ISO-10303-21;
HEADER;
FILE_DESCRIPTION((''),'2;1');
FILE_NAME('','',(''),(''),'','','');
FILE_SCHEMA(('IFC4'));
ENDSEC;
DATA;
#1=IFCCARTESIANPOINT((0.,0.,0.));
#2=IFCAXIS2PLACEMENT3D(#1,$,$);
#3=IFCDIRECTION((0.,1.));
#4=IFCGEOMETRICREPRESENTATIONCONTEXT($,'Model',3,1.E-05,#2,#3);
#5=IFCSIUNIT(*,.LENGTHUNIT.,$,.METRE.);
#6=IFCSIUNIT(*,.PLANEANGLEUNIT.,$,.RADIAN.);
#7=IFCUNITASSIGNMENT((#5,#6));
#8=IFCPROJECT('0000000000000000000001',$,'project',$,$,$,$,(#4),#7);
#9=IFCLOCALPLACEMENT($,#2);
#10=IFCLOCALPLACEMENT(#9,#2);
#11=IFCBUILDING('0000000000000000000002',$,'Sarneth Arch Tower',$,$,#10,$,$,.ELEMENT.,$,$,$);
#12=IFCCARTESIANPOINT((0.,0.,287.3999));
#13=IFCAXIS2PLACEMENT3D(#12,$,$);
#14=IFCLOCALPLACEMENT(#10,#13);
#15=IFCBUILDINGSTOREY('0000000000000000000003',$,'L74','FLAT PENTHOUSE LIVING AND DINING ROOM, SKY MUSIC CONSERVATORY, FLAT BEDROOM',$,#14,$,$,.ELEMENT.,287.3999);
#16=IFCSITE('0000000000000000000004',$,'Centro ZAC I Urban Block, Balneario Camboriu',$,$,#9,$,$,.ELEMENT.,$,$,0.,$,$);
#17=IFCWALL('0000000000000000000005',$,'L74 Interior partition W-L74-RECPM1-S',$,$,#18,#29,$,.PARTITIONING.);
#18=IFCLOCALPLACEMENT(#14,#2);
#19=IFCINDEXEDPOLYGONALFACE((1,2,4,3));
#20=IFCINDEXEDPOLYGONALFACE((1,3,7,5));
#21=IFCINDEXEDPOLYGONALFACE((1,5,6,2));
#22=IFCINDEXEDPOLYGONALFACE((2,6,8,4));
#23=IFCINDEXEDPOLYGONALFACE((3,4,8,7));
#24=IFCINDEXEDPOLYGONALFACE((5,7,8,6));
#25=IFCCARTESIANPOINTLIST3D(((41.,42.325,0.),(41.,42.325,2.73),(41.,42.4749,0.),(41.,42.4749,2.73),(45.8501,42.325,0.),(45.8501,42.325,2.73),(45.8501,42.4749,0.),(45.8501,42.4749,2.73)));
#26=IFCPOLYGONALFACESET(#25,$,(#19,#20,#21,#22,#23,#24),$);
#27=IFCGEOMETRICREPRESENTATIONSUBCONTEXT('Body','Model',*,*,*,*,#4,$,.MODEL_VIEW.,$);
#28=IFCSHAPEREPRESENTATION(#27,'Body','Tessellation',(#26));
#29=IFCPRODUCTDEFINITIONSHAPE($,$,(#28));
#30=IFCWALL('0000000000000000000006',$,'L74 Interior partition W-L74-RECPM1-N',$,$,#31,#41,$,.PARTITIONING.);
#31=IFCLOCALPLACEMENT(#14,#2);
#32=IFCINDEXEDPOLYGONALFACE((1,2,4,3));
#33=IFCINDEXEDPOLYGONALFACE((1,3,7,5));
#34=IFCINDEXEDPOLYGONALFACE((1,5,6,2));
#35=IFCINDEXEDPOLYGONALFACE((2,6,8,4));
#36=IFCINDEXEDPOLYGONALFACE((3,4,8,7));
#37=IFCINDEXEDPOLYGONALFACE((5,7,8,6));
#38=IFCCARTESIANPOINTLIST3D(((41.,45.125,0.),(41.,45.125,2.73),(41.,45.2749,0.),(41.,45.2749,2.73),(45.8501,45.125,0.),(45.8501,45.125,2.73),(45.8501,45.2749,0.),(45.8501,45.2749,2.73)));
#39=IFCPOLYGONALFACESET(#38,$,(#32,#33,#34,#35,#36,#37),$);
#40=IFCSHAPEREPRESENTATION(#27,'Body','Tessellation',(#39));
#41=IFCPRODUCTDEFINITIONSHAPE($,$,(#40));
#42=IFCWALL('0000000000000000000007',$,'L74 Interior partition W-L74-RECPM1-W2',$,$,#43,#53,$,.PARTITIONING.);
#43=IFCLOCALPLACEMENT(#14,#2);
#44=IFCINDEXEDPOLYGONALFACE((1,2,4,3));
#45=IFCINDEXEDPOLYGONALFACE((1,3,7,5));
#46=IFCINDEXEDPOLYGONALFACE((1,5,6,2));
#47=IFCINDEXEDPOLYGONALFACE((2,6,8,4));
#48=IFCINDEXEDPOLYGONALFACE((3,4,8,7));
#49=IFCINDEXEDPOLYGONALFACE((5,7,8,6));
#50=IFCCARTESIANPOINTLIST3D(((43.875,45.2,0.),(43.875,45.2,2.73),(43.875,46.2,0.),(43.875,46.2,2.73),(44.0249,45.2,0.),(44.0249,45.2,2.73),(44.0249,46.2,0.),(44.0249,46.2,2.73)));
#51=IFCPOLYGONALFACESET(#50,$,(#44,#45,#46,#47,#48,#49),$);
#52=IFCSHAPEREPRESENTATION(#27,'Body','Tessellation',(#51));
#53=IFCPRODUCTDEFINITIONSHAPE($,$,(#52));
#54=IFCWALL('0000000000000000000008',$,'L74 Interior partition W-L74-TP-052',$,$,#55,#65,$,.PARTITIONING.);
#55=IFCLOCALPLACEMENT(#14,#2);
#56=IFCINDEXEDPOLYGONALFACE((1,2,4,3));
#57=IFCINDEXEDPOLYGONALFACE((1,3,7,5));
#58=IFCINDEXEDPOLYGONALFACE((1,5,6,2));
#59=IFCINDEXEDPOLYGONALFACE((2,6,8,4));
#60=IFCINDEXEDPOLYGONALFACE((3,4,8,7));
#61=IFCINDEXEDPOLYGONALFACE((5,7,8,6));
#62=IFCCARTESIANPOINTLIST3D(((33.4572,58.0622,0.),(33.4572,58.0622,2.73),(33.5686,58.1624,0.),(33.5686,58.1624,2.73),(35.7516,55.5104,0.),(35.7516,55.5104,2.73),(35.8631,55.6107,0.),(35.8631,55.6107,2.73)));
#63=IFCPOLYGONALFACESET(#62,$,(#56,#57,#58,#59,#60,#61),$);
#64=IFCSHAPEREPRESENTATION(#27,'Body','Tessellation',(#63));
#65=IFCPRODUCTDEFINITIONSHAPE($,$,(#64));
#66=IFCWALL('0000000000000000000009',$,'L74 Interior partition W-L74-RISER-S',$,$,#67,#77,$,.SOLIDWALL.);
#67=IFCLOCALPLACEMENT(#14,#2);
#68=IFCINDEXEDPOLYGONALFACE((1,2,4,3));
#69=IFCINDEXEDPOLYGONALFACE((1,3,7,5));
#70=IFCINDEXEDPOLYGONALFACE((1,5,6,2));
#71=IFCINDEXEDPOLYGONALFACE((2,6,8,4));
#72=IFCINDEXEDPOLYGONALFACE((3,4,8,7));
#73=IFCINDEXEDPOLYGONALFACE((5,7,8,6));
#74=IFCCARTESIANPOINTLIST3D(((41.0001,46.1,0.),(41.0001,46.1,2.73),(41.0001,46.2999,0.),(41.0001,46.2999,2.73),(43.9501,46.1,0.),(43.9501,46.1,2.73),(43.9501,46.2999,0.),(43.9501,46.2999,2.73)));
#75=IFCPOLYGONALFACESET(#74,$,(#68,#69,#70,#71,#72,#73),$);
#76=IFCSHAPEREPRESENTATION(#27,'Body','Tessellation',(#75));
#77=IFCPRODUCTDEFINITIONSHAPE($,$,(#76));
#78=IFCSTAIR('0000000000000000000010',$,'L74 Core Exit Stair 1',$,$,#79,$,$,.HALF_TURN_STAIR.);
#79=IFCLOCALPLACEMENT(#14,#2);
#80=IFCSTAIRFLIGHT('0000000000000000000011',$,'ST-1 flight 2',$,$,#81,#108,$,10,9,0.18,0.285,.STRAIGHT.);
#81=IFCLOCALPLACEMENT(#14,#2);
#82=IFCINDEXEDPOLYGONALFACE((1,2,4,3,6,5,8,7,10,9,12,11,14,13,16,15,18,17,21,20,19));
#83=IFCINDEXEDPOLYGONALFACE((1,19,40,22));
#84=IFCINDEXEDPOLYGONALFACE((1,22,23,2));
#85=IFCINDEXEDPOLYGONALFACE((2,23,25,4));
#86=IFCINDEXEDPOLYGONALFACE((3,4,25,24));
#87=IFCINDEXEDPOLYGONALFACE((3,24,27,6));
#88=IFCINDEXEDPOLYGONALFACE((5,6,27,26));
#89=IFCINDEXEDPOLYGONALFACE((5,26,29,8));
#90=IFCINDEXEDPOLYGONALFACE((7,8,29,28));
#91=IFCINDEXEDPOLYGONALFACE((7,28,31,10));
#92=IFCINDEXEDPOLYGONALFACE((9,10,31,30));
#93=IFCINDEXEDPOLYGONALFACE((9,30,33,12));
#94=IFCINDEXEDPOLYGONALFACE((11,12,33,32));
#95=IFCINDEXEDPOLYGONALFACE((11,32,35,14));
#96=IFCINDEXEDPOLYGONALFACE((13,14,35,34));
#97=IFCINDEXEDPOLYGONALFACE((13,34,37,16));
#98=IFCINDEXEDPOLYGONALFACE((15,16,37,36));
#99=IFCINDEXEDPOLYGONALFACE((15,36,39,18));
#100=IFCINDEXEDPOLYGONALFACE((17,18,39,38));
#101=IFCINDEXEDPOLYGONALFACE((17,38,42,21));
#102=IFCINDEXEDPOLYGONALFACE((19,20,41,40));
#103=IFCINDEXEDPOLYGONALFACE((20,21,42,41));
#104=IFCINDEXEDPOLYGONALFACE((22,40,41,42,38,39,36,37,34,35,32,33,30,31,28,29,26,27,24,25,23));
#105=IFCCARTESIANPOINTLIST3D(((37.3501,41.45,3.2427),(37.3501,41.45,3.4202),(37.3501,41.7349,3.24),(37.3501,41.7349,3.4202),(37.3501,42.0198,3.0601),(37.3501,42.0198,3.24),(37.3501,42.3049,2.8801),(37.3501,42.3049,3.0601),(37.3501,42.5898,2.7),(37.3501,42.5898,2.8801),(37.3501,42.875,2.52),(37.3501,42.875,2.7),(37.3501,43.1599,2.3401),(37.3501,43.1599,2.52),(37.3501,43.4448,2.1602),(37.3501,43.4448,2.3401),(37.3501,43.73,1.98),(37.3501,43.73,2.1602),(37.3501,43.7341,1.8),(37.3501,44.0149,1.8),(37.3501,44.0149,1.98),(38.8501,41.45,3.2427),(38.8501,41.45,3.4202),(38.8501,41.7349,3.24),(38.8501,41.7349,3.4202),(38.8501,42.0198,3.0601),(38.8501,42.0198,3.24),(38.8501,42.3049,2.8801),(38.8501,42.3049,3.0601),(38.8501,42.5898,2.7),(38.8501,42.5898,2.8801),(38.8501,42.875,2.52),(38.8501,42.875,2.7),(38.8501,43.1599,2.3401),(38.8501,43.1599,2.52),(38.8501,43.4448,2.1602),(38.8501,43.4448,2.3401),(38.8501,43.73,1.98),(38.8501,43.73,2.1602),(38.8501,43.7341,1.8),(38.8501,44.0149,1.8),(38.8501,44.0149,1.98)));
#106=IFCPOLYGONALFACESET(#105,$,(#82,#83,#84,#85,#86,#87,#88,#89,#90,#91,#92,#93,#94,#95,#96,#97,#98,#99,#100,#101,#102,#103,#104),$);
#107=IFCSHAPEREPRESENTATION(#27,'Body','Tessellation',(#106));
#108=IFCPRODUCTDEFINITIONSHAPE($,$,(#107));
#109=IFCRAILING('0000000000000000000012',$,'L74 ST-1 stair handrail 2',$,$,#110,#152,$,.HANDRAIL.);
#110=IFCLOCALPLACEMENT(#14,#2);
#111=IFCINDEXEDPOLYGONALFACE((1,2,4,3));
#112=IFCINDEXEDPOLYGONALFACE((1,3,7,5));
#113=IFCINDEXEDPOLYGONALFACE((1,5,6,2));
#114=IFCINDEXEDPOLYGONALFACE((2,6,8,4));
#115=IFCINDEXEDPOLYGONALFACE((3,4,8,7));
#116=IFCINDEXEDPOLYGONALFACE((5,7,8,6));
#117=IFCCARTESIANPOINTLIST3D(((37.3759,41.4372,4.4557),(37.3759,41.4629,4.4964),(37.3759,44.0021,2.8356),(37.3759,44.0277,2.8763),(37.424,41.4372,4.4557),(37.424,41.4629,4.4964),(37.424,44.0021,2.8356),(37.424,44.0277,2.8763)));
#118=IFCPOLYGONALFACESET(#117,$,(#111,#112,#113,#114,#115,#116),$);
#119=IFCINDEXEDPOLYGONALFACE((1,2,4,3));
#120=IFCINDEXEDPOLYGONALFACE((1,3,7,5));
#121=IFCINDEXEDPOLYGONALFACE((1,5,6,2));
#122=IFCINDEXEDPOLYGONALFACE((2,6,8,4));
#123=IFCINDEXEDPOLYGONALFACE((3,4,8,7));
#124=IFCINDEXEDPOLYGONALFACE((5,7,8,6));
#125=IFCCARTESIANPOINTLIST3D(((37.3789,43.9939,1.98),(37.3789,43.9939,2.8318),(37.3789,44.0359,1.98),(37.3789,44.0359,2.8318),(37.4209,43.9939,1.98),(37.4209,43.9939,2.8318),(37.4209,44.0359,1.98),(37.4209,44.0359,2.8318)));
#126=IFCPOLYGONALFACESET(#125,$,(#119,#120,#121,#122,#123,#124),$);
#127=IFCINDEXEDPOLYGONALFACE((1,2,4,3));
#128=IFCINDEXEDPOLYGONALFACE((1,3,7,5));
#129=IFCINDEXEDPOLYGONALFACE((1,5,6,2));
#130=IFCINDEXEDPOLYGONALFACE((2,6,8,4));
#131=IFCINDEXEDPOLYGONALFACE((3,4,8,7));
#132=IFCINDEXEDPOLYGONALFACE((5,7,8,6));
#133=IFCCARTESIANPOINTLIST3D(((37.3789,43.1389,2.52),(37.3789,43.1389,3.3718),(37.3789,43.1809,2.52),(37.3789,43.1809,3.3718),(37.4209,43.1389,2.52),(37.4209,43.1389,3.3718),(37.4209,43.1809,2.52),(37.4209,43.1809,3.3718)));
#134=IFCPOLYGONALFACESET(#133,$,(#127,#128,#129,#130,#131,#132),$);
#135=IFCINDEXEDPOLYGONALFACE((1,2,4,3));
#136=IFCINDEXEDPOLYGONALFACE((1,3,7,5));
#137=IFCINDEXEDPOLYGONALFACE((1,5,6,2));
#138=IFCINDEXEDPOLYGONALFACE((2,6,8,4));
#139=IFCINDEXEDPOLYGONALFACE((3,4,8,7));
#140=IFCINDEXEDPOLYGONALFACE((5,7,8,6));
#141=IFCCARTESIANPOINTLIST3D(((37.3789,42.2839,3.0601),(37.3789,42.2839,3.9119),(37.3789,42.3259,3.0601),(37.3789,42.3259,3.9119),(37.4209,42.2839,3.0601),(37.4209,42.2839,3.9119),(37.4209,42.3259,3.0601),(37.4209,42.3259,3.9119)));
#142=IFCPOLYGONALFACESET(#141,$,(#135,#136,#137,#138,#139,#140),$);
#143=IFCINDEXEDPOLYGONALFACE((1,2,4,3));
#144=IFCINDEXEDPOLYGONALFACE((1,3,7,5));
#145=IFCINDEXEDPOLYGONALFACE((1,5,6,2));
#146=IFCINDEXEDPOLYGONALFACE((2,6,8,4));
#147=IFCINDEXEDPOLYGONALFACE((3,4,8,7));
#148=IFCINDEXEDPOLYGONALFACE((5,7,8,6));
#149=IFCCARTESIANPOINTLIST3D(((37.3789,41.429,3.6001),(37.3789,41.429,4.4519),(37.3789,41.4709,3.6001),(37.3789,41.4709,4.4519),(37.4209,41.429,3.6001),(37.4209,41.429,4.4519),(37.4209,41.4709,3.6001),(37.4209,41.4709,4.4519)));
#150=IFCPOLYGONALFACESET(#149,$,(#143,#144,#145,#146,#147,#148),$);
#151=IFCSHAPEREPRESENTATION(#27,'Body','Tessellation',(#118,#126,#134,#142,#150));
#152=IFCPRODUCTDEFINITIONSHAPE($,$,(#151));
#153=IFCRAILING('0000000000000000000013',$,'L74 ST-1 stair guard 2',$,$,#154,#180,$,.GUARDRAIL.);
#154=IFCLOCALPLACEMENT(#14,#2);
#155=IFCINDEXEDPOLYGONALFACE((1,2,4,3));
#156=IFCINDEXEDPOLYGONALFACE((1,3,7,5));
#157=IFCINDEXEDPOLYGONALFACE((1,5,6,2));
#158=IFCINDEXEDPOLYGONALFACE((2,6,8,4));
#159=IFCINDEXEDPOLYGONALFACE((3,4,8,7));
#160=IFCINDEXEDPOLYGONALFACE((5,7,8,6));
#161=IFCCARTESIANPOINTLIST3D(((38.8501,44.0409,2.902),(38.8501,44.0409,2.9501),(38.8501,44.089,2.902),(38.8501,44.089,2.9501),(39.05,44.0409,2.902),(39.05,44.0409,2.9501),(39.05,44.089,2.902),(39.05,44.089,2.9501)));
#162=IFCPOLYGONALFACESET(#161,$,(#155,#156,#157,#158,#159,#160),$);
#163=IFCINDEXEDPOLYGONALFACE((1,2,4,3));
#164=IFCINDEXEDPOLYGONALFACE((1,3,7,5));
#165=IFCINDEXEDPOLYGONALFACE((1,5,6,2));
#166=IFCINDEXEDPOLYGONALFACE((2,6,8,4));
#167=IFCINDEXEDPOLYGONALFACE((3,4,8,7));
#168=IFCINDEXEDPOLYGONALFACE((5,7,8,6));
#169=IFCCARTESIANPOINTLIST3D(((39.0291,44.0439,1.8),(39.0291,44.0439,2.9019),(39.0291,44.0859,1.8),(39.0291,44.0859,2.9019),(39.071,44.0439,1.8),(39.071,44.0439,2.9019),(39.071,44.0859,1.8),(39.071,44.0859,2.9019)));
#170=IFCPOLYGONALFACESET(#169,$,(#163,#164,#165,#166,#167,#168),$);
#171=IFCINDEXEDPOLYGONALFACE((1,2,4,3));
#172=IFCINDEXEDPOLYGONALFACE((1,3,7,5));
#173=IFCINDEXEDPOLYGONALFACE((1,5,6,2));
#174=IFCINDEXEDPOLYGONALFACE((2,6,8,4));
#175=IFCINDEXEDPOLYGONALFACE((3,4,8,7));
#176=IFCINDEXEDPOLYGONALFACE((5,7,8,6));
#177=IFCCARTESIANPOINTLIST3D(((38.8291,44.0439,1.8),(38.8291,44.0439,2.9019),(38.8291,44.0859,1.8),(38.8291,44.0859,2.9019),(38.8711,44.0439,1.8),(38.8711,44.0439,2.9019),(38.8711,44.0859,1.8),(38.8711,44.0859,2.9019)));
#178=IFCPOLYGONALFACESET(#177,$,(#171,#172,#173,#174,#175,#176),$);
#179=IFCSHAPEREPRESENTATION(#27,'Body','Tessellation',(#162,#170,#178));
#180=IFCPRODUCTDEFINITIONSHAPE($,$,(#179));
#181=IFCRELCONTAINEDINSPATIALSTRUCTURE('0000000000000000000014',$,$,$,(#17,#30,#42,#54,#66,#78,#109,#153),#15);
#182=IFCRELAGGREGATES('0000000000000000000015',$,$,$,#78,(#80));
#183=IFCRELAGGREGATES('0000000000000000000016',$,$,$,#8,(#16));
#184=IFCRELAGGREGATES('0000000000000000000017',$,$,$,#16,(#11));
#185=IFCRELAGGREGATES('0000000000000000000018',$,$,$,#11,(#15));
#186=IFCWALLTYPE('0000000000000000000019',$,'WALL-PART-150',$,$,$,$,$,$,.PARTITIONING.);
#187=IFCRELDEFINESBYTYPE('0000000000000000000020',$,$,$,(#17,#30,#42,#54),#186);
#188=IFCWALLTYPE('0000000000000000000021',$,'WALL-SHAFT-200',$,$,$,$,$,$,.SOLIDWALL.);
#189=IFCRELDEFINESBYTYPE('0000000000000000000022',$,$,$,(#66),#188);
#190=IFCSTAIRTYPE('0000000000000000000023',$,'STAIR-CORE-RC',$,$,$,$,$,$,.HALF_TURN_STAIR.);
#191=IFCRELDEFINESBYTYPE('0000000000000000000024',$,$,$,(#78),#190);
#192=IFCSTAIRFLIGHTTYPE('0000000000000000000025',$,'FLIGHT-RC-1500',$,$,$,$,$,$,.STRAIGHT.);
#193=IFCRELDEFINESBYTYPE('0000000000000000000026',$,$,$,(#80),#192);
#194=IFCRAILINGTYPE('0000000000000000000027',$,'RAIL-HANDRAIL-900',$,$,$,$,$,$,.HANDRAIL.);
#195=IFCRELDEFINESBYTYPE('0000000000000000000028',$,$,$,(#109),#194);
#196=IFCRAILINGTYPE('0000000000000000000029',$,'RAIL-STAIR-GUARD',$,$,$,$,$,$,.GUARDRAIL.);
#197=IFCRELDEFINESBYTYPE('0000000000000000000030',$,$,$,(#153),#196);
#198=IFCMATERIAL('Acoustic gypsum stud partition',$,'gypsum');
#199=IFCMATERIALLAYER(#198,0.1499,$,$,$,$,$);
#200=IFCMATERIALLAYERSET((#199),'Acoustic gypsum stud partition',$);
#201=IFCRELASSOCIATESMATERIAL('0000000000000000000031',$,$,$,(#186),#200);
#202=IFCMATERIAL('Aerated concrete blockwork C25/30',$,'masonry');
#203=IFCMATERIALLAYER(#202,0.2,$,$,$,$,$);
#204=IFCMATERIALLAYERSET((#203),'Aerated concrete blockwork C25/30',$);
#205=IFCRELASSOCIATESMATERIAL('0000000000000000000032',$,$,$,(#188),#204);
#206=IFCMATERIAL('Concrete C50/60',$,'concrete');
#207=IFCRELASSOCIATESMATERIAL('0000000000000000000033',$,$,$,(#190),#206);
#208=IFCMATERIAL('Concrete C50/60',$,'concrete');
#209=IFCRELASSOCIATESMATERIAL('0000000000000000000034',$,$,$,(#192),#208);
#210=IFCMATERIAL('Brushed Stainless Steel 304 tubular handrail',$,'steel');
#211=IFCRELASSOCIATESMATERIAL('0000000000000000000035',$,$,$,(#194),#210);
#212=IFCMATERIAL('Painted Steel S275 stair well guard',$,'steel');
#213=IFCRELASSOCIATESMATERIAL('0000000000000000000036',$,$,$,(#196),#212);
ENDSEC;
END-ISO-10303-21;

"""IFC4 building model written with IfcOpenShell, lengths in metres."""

from ifc_helpers import new_model, si_unit, direction, frame, frame_2d, origin, origin_2d, place, context, subcontext, project, spatial, polyline, rectangle, outline, extrude, material, layer, layer_set, type_object, element, aggregate, save


model = new_model("IFC4")

# Units and contexts
model_context = context("Model", 3, precision=1e-05, world=origin(), true_north=direction((0.0, 1.0)))
body_context = subcontext(model_context, "Body", "Model", "MODEL_VIEW")
ifc_project = project(units=[si_unit("LENGTHUNIT", "METRE"), si_unit("PLANEANGLEUNIT", "RADIAN")], contexts=[model_context])

# Site, building, storey
site_placement = place(None, origin())
site = spatial("IfcSite", under=ifc_project, at=site_placement, Name="Centro ZAC I Urban Block, Balneario Camboriu", CompositionType="ELEMENT", RefElevation=0.0)
building_placement = place(site_placement, origin())
building = spatial("IfcBuilding", under=site, at=building_placement, Name="Sarneth Arch Tower", CompositionType="ELEMENT")
storey_placement = place(building_placement, frame((0.0, 0.0, 287.3999)))
storey = spatial("IfcBuildingStorey", under=building, at=storey_placement, Name="L74", Description="FLAT PENTHOUSE LIVING AND DINING ROOM, SKY MUSIC CONSERVATORY, FLAT BEDROOM", CompositionType="ELEMENT", Elevation=287.3999)

# Walls
ifc_material_1 = material(Name="Acoustic gypsum stud partition", Category="gypsum")
ifc_layer_1 = layer(ifc_material_1, 0.1499)
ifc_layer_set_1 = layer_set([ifc_layer_1], Name="Acoustic gypsum stud partition")
wall_type_1 = type_object("IfcWallType", Name="WALL-PART-150", PredefinedType="PARTITIONING", material=ifc_layer_set_1)
for number, where, z_axis, x_axis, name in (
    (1, (41.0, 42.3999, 0.0), (0.0, 0.0, 1.0), (1.0, 0.0, 0.0), "L74 Interior partition W-L74-RECPM1-S"),
    (2, (41.0, 45.2, 0.0), (0.0, 0.0, 1.0), (1.0, 0.0, 0.0), "L74 Interior partition W-L74-RECPM1-N"),
):
    element("IfcWall", number, at=place(storey_placement, frame(where, z_axis=z_axis, x_axis=x_axis)), inside=storey, type_object=wall_type_1, Name=name, PredefinedType="PARTITIONING", context=body_context, shape_type="SweptSolid", body=[
        extrude(rectangle(XDim=4.8501, YDim=0.1499, at=frame_2d((2.425, 0.0))), origin(), (0.0, 0.0, 1.0), 2.73),
    ])
wall_1_placement = place(storey_placement, frame((43.95, 45.2, 0.0), z_axis=(0.0, 0.0, 1.0), x_axis=(0.0, 1.0, 0.0)))
element("IfcWall", 3, at=wall_1_placement, inside=storey, type_object=wall_type_1, Name="L74 Interior partition W-L74-RECPM1-W2", PredefinedType="PARTITIONING", context=body_context, shape_type="SweptSolid", body=[
    extrude(rectangle(XDim=1.0, YDim=0.1499, at=frame_2d((0.5, 0.0))), origin(), (0.0, 0.0, 1.0), 2.73),
])

# Walls
wall_2_placement = place(storey_placement, frame((35.8074, 55.5605, 0.0), z_axis=(0.0, 0.0, 1.0), x_axis=(-0.668619, 0.743605, 0.0)))
element("IfcWall", 4, at=wall_2_placement, inside=storey, type_object=wall_type_1, Name="L74 Interior partition W-L74-TP-052", PredefinedType="PARTITIONING", context=body_context, shape_type="SweptSolid", body=[
    extrude(rectangle(XDim=3.4316, YDim=0.1499, at=frame_2d((1.7158, 0.0))), origin(), (0.0, 0.0, 1.0), 2.73),
])
ifc_material_2 = material(Name="Aerated concrete blockwork C25/30", Category="masonry")
ifc_layer_2 = layer(ifc_material_2, 0.2)
ifc_layer_set_2 = layer_set([ifc_layer_2], Name="Aerated concrete blockwork C25/30")
wall_type_2 = type_object("IfcWallType", Name="WALL-SHAFT-200", PredefinedType="SOLIDWALL", material=ifc_layer_set_2)
wall_3_placement = place(storey_placement, frame((41.0, 46.2, 0.0), z_axis=(0.0, 0.0, 1.0), x_axis=(1.0, 0.0, 0.0)))
element("IfcWall", 5, at=wall_3_placement, inside=storey, type_object=wall_type_2, Name="L74 Interior partition W-L74-RISER-S", PredefinedType="SOLIDWALL", context=body_context, shape_type="SweptSolid", body=[
    extrude(rectangle(XDim=2.95, YDim=0.2, at=frame_2d((1.4751, 0.0))), origin(), (0.0, 0.0, 1.0), 2.73),
])

# Stair, stair flight
ifc_material_3 = material(Name="Concrete C50/60", Category="concrete")
stair_type = type_object("IfcStairType", Name="STAIR-CORE-RC", PredefinedType="HALF_TURN_STAIR", material=ifc_material_3)
stair_placement = place(storey_placement, origin())
stair = element("IfcStair", 6, at=stair_placement, inside=storey, type_object=stair_type, Name="L74 Core Exit Stair 1", PredefinedType="HALF_TURN_STAIR")
ifc_material_4 = material(Name="Concrete C50/60", Category="concrete")
stair_flight_type = type_object("IfcStairFlightType", Name="FLIGHT-RC-1500", PredefinedType="STRAIGHT", material=ifc_material_4)
stair_flight_placement = place(storey_placement, frame((38.1001, 44.0149, 1.8), z_axis=(0.0, 0.0, 1.0), x_axis=(0.0, -1.0, 0.0)))
stair_flight = element("IfcStairFlight", 7, at=stair_flight_placement, type_object=stair_flight_type, Name="ST-1 flight 2", NumberOfRisers=10, NumberOfTreads=9, PredefinedType="STRAIGHT", RiserHeight=0.18, TreadLength=0.285, context=body_context, shape_type="SweptSolid", body=[
    extrude(outline(polyline([(0.0, 0.0), (0.0, 0.1799), (0.2849, 0.1799), (0.2849, 0.3601), (0.5701, 0.3601), (0.5701, 0.54), (0.855, 0.54), (0.855, 0.72), (1.1399, 0.72), (1.1399, 0.8999), (1.425, 0.8999), (1.425, 1.0801), (1.71, 1.0801), (1.71, 1.26), (1.9951, 1.26), (1.9951, 1.4399), (2.28, 1.4399), (2.28, 1.6201), (2.5649, 1.6201), (2.5649, 1.8), (2.5649, 1.4426), (0.2808, 0.0), (0.0, 0.0)])), frame((0.0, 0.75, 0.0), z_axis=(0.0, -1.0, 0.0), x_axis=(1.0, 0.0, 0.0)), (0.0, 0.0, 1.0), 1.5),
])
aggregate(stair, [stair_flight])

# Railings
ifc_material_5 = material(Name="Brushed Stainless Steel 304 tubular handrail", Category="steel")
railing_type_1 = type_object("IfcRailingType", Name="RAIL-HANDRAIL-900", PredefinedType="HANDRAIL", material=ifc_material_5)
railing_1_placement = place(storey_placement, frame((37.3999, 44.0149, 1.98)))
element("IfcRailing", 8, at=railing_1_placement, inside=storey, type_object=railing_type_1, Name="L74 ST-1 stair handrail 2", PredefinedType="HANDRAIL", context=body_context, shape_type="SweptSolid", body=[
    extrude(rectangle(XDim=0.0481, YDim=0.0481, at=origin_2d()), frame((0.0, 0.0, 0.876), z_axis=(0.0, -0.845466, 0.534029), x_axis=(1.0, 0.0, 0.0)), (0.0, 0.0, 1.0), 3.0337),
    extrude(rectangle(XDim=0.042, YDim=0.042, at=origin_2d()), origin(), (0.0, 0.0, 1.0), 0.8518),
    extrude(rectangle(XDim=0.042, YDim=0.042, at=origin_2d()), frame((0.0, -0.855, 0.54)), (0.0, 0.0, 1.0), 0.8518),
    extrude(rectangle(XDim=0.042, YDim=0.042, at=origin_2d()), frame((0.0, -1.71, 1.0801)), (0.0, 0.0, 1.0), 0.8518),
    extrude(rectangle(XDim=0.042, YDim=0.042, at=origin_2d()), frame((0.0, -2.5649, 1.6201)), (0.0, 0.0, 1.0), 0.8518),
])
ifc_material_6 = material(Name="Painted Steel S275 stair well guard", Category="steel")
railing_type_2 = type_object("IfcRailingType", Name="RAIL-STAIR-GUARD", PredefinedType="GUARDRAIL", material=ifc_material_6)
railing_2_placement = place(storey_placement, frame((39.05, 44.0649, 1.8)))
element("IfcRailing", 9, at=railing_2_placement, inside=storey, type_object=railing_type_2, Name="L74 ST-1 stair guard 2", PredefinedType="GUARDRAIL", context=body_context, shape_type="SweptSolid", body=[
    extrude(rectangle(XDim=0.0481, YDim=0.0481, at=origin_2d()), frame((0.0, 0.0, 1.126), z_axis=(-1.0, 0.0, 0.0), x_axis=(0.0, -1.0, 0.0)), (0.0, 0.0, 1.0), 0.2),
    extrude(rectangle(XDim=0.042, YDim=0.042, at=origin_2d()), origin(), (0.0, 0.0, 1.0), 1.1018),
    extrude(rectangle(XDim=0.042, YDim=0.042, at=origin_2d()), frame((-0.2, 0.0, 0.0)), (0.0, 0.0, 1.0), 1.1018),
])

save(model, "model.ifc")
